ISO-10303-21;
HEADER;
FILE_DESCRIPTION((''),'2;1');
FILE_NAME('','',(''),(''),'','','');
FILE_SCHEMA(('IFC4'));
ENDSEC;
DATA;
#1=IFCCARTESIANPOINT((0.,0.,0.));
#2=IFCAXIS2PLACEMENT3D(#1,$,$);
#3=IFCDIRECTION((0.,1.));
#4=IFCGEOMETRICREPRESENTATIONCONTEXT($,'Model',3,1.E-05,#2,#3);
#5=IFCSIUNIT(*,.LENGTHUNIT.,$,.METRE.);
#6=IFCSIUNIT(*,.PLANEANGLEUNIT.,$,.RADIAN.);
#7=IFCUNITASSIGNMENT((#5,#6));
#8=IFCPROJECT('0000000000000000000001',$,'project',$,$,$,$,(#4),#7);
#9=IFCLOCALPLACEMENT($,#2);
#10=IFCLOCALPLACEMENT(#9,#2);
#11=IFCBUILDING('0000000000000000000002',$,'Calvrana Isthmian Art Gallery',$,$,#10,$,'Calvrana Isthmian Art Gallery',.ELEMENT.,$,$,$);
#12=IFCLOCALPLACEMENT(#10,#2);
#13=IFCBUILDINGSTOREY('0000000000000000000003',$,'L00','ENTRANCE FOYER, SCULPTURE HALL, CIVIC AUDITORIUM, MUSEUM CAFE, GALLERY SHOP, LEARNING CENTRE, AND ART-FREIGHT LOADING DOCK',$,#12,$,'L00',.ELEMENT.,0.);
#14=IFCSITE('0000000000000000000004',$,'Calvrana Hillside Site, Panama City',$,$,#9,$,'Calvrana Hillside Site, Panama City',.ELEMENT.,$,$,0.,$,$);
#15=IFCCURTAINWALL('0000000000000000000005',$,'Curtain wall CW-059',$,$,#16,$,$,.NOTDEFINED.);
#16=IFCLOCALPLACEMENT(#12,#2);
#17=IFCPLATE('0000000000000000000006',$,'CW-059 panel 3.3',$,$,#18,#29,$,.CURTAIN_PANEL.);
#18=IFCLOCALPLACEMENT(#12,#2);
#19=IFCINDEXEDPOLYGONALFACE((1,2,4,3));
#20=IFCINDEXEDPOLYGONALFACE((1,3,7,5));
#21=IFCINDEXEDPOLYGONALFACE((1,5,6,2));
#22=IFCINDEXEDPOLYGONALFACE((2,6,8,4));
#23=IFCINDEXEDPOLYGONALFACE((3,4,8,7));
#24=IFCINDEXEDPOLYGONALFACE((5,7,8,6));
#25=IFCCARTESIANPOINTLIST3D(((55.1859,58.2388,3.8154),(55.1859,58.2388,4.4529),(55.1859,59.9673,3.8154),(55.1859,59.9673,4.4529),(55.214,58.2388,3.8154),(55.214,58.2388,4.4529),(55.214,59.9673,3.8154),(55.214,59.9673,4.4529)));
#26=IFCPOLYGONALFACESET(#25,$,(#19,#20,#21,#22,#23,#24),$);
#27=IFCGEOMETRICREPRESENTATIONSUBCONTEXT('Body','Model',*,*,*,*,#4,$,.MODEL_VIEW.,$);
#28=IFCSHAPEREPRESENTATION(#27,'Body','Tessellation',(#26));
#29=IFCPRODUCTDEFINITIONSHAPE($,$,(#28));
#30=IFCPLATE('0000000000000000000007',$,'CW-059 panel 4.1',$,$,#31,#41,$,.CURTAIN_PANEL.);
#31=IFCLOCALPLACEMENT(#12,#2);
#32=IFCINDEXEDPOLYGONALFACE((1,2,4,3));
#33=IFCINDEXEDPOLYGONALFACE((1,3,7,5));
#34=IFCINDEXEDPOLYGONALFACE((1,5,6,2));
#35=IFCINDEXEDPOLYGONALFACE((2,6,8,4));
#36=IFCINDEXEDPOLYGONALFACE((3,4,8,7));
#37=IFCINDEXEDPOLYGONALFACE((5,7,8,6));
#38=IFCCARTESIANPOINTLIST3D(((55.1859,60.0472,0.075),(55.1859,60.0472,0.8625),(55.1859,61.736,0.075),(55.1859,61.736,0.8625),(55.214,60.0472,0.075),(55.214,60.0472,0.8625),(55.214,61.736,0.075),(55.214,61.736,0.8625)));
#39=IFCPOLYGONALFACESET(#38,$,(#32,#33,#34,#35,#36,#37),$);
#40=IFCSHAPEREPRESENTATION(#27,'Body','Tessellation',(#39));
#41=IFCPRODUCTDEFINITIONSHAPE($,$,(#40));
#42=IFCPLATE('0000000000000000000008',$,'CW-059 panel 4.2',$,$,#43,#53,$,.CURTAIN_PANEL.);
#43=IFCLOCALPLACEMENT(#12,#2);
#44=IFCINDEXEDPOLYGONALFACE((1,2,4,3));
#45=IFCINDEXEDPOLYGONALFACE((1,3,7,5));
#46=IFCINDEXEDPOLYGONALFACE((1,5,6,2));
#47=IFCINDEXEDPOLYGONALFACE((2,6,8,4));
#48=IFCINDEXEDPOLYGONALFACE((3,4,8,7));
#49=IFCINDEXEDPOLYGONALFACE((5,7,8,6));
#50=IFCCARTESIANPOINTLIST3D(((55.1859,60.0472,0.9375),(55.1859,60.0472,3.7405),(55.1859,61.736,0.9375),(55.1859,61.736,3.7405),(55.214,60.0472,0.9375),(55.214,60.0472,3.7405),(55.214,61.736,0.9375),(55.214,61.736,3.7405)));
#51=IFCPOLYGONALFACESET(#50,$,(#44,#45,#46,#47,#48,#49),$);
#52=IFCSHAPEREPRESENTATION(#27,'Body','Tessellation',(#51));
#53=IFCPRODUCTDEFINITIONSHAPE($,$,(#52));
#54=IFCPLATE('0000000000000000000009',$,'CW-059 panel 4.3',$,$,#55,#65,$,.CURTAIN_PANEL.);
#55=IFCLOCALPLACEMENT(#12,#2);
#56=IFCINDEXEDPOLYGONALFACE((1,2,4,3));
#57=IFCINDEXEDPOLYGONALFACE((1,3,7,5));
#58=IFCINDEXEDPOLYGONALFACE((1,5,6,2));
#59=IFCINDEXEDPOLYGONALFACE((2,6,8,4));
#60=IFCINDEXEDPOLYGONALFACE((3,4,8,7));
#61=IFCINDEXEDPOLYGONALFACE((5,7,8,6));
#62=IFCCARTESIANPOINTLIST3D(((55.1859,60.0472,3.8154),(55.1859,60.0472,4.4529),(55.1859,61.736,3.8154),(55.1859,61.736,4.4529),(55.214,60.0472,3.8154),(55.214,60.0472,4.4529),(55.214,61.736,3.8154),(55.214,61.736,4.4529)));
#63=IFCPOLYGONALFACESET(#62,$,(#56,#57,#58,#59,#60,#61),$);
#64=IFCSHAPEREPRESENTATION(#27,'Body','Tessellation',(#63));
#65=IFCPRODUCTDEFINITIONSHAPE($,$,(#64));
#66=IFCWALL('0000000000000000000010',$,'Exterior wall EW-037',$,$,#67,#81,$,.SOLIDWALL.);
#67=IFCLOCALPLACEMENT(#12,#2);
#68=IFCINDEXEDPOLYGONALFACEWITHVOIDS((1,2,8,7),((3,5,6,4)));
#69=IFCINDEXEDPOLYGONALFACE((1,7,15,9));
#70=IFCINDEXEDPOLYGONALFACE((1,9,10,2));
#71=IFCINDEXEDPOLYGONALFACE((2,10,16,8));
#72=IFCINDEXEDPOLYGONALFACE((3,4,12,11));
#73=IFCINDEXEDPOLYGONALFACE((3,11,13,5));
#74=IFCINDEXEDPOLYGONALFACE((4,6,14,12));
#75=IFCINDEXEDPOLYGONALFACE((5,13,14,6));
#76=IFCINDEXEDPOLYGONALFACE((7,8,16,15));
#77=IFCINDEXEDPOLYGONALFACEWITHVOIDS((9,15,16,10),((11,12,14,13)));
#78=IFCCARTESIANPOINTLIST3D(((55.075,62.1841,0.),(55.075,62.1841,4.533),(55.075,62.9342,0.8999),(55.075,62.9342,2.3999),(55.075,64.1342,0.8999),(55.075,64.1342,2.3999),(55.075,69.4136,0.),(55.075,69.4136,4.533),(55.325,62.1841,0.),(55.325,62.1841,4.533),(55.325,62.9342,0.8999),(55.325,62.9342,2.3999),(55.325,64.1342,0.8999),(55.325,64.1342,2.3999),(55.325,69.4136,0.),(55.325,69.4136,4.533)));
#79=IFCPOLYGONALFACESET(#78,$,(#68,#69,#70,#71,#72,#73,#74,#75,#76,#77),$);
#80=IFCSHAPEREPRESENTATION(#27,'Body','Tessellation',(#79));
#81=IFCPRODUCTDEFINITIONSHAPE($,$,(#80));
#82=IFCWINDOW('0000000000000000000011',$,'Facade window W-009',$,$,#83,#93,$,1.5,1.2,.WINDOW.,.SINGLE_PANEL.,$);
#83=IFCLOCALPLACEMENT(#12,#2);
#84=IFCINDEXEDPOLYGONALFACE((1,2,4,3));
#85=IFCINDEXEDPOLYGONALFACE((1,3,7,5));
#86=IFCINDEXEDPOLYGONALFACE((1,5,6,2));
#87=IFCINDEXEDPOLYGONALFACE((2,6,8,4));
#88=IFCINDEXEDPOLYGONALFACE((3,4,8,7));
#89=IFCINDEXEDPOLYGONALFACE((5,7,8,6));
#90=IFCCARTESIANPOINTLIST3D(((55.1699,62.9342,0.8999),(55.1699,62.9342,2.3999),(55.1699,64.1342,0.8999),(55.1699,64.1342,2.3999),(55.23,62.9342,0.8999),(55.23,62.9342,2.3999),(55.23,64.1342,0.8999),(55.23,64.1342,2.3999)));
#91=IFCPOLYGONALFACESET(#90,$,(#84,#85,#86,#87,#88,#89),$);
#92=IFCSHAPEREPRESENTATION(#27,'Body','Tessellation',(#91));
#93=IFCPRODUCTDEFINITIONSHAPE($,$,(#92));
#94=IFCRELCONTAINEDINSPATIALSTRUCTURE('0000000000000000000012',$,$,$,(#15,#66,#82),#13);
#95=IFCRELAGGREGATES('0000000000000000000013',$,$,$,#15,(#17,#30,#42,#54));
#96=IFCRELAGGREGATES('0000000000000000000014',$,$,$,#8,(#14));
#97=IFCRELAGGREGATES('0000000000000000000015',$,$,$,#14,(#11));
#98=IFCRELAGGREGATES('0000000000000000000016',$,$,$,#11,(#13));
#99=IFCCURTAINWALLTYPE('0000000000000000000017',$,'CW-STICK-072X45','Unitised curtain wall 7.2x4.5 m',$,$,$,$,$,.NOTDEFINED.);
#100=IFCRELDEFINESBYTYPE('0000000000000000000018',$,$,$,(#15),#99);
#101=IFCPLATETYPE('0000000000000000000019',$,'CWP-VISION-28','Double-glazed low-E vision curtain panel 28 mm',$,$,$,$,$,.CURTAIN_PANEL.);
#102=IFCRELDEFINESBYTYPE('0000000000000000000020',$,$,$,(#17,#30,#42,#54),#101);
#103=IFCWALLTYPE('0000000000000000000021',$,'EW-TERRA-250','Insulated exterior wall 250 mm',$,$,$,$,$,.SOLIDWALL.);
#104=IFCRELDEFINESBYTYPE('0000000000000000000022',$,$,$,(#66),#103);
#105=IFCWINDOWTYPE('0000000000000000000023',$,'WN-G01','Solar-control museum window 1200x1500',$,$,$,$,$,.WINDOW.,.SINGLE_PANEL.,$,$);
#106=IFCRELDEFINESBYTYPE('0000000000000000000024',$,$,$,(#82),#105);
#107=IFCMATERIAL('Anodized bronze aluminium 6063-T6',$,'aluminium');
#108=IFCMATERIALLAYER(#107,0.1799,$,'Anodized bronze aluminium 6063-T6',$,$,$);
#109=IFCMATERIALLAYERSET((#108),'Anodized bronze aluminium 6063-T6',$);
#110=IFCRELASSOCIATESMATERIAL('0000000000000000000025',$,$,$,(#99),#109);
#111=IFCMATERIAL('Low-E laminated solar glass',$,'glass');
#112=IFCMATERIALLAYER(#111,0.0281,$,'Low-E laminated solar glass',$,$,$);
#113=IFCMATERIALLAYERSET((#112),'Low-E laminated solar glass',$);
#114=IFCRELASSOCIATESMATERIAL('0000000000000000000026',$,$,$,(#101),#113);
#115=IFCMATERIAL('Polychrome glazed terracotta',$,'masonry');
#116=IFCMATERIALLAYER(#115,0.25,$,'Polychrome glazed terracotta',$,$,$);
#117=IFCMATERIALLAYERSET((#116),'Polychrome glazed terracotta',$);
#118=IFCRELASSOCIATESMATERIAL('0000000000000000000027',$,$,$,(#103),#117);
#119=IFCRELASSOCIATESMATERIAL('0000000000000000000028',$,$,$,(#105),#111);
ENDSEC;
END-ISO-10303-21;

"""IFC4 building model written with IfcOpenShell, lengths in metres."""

from ifc_helpers import new_model, si_unit, direction, frame, frame_2d, origin, origin_2d, place, context, subcontext, project, spatial, rectangle, extrude, material, layer, layer_set, type_object, element, fill, aggregate, save


model = new_model("IFC4")

# Units and contexts
model_context = context("Model", 3, precision=1e-05, world=origin(), true_north=direction((0.0, 1.0)))
body_context = subcontext(model_context, "Body", "Model", "MODEL_VIEW")
ifc_project = project(units=[si_unit("LENGTHUNIT", "METRE"), si_unit("PLANEANGLEUNIT", "RADIAN")], contexts=[model_context])

# Site, building, storey
site_placement = place(None, origin())
site = spatial("IfcSite", under=ifc_project, at=site_placement, Name="Calvrana Hillside Site, Panama City", LongName="Calvrana Hillside Site, Panama City", CompositionType="ELEMENT", RefElevation=0.0)
building_placement = place(site_placement, origin())
building = spatial("IfcBuilding", under=site, at=building_placement, Name="Calvrana Isthmian Art Gallery", LongName="Calvrana Isthmian Art Gallery", CompositionType="ELEMENT")
storey_placement = place(building_placement, origin())
storey = spatial("IfcBuildingStorey", under=building, at=storey_placement, Name="L00", Description="ENTRANCE FOYER, SCULPTURE HALL, CIVIC AUDITORIUM, MUSEUM CAFE, GALLERY SHOP, LEARNING CENTRE, AND ART-FREIGHT LOADING DOCK", LongName="L00", CompositionType="ELEMENT", Elevation=0.0)

# Curtain wall, plates
ifc_material_1 = material(Name="Anodized bronze aluminium 6063-T6", Category="aluminium")
ifc_layer_1 = layer(ifc_material_1, 0.1799, Name="Anodized bronze aluminium 6063-T6")
ifc_layer_set_1 = layer_set([ifc_layer_1], Name="Anodized bronze aluminium 6063-T6")
curtain_wall_type = type_object("IfcCurtainWallType", Name="CW-STICK-072X45", Description="Unitised curtain wall 7.2x4.5 m", PredefinedType="NOTDEFINED", material=ifc_layer_set_1)
curtain_wall_placement = place(storey_placement, origin())
curtain_wall = element("IfcCurtainWall", 1, at=curtain_wall_placement, inside=storey, type_object=curtain_wall_type, Name="Curtain wall CW-059", PredefinedType="NOTDEFINED")
ifc_material_2 = material(Name="Low-E laminated solar glass", Category="glass")
ifc_layer_2 = layer(ifc_material_2, 0.0281, Name="Low-E laminated solar glass")
ifc_layer_set_2 = layer_set([ifc_layer_2], Name="Low-E laminated solar glass")
plate_type = type_object("IfcPlateType", Name="CWP-VISION-28", Description="Double-glazed low-E vision curtain panel 28 mm", PredefinedType="CURTAIN_PANEL", material=ifc_layer_set_2)
plate_1_placement = place(storey_placement, frame((55.2, 59.103, 3.8154), z_axis=(0.0, 0.0, 1.0), x_axis=(0.0, 1.0, 0.0)))
plate_1 = element("IfcPlate", 2, at=plate_1_placement, type_object=plate_type, Name="CW-059 panel 3.3", PredefinedType="CURTAIN_PANEL", context=body_context, shape_type="SweptSolid", body=[
    extrude(rectangle(XDim=1.7285, YDim=0.0281, at=origin_2d()), origin(), (0.0, 0.0, 1.0), 0.6375),
])
plate_2_placement = place(storey_placement, frame((55.2, 60.8916, 0.075), z_axis=(0.0, 0.0, 1.0), x_axis=(0.0, 1.0, 0.0)))
plate_2 = element("IfcPlate", 3, at=plate_2_placement, type_object=plate_type, Name="CW-059 panel 4.1", PredefinedType="CURTAIN_PANEL", context=body_context, shape_type="SweptSolid", body=[
    extrude(rectangle(XDim=1.6887, YDim=0.0281, at=origin_2d()), origin(), (0.0, 0.0, 1.0), 0.7876),
])
plate_3_placement = place(storey_placement, frame((55.2, 60.8916, 0.9375), z_axis=(0.0, 0.0, 1.0), x_axis=(0.0, 1.0, 0.0)))
plate_3 = element("IfcPlate", 4, at=plate_3_placement, type_object=plate_type, Name="CW-059 panel 4.2", PredefinedType="CURTAIN_PANEL", context=body_context, shape_type="SweptSolid", body=[
    extrude(rectangle(XDim=1.6887, YDim=0.0281, at=origin_2d()), origin(), (0.0, 0.0, 1.0), 2.803),
])
plate_4_placement = place(storey_placement, frame((55.2, 60.8916, 3.8154), z_axis=(0.0, 0.0, 1.0), x_axis=(0.0, 1.0, 0.0)))
plate_4 = element("IfcPlate", 5, at=plate_4_placement, type_object=plate_type, Name="CW-059 panel 4.3", PredefinedType="CURTAIN_PANEL", context=body_context, shape_type="SweptSolid", body=[
    extrude(rectangle(XDim=1.6887, YDim=0.0281, at=origin_2d()), origin(), (0.0, 0.0, 1.0), 0.6375),
])
aggregate(curtain_wall, [plate_1, plate_2, plate_3, plate_4])

# Wall, opening, window
ifc_material_3 = material(Name="Polychrome glazed terracotta", Category="masonry")
ifc_layer_3 = layer(ifc_material_3, 0.25, Name="Polychrome glazed terracotta")
ifc_layer_set_3 = layer_set([ifc_layer_3], Name="Polychrome glazed terracotta")
wall_type = type_object("IfcWallType", Name="EW-TERRA-250", Description="Insulated exterior wall 250 mm", PredefinedType="SOLIDWALL", material=ifc_layer_set_3)
wall_placement = place(storey_placement, frame((55.2, 62.1841, 0.0), z_axis=(0.0, 0.0, 1.0), x_axis=(0.0, 1.0, 0.0)))
wall = element("IfcWall", 6, at=wall_placement, inside=storey, type_object=wall_type, Name="Exterior wall EW-037", PredefinedType="SOLIDWALL", context=body_context, shape_type="SweptSolid", body=[
    extrude(rectangle(XDim=7.2295, YDim=0.25, at=frame_2d((3.6147, 0.0))), origin(), (0.0, 0.0, 1.0), 4.533),
])
opening_placement = place(wall_placement, frame((0.75, 0.0, 0.8999)))
opening = element("IfcOpeningElement", 7, at=opening_placement, cuts=wall, PredefinedType="OPENING", context=body_context, shape_type="SweptSolid", body=[
    extrude(rectangle(XDim=1.2, YDim=1.5, at=frame_2d((0.6001, 0.75))), frame((0.0, 0.1353, 0.0), z_axis=(0.0, -1.0, 0.0), x_axis=(1.0, 0.0, 0.0)), (0.0, 0.0, 1.0), 0.2705),
])
window_type = type_object("IfcWindowType", Name="WN-G01", Description="Solar-control museum window 1200x1500", PartitioningType="SINGLE_PANEL", PredefinedType="WINDOW", material=ifc_material_2)
window_placement = place(opening_placement, origin())
window = element("IfcWindow", 8, at=window_placement, inside=storey, type_object=window_type, Name="Facade window W-009", OverallHeight=1.5, OverallWidth=1.2, PartitioningType="SINGLE_PANEL", PredefinedType="WINDOW", context=body_context, shape_type="SweptSolid", body=[
    extrude(rectangle(XDim=1.2, YDim=1.5, at=frame_2d((0.6001, 0.75))), frame((0.0, 0.03, 0.0), z_axis=(0.0, -1.0, 0.0), x_axis=(1.0, 0.0, 0.0)), (0.0, 0.0, 1.0), 0.0601),
])
fill(opening, window)

save(model, "model.ifc")
